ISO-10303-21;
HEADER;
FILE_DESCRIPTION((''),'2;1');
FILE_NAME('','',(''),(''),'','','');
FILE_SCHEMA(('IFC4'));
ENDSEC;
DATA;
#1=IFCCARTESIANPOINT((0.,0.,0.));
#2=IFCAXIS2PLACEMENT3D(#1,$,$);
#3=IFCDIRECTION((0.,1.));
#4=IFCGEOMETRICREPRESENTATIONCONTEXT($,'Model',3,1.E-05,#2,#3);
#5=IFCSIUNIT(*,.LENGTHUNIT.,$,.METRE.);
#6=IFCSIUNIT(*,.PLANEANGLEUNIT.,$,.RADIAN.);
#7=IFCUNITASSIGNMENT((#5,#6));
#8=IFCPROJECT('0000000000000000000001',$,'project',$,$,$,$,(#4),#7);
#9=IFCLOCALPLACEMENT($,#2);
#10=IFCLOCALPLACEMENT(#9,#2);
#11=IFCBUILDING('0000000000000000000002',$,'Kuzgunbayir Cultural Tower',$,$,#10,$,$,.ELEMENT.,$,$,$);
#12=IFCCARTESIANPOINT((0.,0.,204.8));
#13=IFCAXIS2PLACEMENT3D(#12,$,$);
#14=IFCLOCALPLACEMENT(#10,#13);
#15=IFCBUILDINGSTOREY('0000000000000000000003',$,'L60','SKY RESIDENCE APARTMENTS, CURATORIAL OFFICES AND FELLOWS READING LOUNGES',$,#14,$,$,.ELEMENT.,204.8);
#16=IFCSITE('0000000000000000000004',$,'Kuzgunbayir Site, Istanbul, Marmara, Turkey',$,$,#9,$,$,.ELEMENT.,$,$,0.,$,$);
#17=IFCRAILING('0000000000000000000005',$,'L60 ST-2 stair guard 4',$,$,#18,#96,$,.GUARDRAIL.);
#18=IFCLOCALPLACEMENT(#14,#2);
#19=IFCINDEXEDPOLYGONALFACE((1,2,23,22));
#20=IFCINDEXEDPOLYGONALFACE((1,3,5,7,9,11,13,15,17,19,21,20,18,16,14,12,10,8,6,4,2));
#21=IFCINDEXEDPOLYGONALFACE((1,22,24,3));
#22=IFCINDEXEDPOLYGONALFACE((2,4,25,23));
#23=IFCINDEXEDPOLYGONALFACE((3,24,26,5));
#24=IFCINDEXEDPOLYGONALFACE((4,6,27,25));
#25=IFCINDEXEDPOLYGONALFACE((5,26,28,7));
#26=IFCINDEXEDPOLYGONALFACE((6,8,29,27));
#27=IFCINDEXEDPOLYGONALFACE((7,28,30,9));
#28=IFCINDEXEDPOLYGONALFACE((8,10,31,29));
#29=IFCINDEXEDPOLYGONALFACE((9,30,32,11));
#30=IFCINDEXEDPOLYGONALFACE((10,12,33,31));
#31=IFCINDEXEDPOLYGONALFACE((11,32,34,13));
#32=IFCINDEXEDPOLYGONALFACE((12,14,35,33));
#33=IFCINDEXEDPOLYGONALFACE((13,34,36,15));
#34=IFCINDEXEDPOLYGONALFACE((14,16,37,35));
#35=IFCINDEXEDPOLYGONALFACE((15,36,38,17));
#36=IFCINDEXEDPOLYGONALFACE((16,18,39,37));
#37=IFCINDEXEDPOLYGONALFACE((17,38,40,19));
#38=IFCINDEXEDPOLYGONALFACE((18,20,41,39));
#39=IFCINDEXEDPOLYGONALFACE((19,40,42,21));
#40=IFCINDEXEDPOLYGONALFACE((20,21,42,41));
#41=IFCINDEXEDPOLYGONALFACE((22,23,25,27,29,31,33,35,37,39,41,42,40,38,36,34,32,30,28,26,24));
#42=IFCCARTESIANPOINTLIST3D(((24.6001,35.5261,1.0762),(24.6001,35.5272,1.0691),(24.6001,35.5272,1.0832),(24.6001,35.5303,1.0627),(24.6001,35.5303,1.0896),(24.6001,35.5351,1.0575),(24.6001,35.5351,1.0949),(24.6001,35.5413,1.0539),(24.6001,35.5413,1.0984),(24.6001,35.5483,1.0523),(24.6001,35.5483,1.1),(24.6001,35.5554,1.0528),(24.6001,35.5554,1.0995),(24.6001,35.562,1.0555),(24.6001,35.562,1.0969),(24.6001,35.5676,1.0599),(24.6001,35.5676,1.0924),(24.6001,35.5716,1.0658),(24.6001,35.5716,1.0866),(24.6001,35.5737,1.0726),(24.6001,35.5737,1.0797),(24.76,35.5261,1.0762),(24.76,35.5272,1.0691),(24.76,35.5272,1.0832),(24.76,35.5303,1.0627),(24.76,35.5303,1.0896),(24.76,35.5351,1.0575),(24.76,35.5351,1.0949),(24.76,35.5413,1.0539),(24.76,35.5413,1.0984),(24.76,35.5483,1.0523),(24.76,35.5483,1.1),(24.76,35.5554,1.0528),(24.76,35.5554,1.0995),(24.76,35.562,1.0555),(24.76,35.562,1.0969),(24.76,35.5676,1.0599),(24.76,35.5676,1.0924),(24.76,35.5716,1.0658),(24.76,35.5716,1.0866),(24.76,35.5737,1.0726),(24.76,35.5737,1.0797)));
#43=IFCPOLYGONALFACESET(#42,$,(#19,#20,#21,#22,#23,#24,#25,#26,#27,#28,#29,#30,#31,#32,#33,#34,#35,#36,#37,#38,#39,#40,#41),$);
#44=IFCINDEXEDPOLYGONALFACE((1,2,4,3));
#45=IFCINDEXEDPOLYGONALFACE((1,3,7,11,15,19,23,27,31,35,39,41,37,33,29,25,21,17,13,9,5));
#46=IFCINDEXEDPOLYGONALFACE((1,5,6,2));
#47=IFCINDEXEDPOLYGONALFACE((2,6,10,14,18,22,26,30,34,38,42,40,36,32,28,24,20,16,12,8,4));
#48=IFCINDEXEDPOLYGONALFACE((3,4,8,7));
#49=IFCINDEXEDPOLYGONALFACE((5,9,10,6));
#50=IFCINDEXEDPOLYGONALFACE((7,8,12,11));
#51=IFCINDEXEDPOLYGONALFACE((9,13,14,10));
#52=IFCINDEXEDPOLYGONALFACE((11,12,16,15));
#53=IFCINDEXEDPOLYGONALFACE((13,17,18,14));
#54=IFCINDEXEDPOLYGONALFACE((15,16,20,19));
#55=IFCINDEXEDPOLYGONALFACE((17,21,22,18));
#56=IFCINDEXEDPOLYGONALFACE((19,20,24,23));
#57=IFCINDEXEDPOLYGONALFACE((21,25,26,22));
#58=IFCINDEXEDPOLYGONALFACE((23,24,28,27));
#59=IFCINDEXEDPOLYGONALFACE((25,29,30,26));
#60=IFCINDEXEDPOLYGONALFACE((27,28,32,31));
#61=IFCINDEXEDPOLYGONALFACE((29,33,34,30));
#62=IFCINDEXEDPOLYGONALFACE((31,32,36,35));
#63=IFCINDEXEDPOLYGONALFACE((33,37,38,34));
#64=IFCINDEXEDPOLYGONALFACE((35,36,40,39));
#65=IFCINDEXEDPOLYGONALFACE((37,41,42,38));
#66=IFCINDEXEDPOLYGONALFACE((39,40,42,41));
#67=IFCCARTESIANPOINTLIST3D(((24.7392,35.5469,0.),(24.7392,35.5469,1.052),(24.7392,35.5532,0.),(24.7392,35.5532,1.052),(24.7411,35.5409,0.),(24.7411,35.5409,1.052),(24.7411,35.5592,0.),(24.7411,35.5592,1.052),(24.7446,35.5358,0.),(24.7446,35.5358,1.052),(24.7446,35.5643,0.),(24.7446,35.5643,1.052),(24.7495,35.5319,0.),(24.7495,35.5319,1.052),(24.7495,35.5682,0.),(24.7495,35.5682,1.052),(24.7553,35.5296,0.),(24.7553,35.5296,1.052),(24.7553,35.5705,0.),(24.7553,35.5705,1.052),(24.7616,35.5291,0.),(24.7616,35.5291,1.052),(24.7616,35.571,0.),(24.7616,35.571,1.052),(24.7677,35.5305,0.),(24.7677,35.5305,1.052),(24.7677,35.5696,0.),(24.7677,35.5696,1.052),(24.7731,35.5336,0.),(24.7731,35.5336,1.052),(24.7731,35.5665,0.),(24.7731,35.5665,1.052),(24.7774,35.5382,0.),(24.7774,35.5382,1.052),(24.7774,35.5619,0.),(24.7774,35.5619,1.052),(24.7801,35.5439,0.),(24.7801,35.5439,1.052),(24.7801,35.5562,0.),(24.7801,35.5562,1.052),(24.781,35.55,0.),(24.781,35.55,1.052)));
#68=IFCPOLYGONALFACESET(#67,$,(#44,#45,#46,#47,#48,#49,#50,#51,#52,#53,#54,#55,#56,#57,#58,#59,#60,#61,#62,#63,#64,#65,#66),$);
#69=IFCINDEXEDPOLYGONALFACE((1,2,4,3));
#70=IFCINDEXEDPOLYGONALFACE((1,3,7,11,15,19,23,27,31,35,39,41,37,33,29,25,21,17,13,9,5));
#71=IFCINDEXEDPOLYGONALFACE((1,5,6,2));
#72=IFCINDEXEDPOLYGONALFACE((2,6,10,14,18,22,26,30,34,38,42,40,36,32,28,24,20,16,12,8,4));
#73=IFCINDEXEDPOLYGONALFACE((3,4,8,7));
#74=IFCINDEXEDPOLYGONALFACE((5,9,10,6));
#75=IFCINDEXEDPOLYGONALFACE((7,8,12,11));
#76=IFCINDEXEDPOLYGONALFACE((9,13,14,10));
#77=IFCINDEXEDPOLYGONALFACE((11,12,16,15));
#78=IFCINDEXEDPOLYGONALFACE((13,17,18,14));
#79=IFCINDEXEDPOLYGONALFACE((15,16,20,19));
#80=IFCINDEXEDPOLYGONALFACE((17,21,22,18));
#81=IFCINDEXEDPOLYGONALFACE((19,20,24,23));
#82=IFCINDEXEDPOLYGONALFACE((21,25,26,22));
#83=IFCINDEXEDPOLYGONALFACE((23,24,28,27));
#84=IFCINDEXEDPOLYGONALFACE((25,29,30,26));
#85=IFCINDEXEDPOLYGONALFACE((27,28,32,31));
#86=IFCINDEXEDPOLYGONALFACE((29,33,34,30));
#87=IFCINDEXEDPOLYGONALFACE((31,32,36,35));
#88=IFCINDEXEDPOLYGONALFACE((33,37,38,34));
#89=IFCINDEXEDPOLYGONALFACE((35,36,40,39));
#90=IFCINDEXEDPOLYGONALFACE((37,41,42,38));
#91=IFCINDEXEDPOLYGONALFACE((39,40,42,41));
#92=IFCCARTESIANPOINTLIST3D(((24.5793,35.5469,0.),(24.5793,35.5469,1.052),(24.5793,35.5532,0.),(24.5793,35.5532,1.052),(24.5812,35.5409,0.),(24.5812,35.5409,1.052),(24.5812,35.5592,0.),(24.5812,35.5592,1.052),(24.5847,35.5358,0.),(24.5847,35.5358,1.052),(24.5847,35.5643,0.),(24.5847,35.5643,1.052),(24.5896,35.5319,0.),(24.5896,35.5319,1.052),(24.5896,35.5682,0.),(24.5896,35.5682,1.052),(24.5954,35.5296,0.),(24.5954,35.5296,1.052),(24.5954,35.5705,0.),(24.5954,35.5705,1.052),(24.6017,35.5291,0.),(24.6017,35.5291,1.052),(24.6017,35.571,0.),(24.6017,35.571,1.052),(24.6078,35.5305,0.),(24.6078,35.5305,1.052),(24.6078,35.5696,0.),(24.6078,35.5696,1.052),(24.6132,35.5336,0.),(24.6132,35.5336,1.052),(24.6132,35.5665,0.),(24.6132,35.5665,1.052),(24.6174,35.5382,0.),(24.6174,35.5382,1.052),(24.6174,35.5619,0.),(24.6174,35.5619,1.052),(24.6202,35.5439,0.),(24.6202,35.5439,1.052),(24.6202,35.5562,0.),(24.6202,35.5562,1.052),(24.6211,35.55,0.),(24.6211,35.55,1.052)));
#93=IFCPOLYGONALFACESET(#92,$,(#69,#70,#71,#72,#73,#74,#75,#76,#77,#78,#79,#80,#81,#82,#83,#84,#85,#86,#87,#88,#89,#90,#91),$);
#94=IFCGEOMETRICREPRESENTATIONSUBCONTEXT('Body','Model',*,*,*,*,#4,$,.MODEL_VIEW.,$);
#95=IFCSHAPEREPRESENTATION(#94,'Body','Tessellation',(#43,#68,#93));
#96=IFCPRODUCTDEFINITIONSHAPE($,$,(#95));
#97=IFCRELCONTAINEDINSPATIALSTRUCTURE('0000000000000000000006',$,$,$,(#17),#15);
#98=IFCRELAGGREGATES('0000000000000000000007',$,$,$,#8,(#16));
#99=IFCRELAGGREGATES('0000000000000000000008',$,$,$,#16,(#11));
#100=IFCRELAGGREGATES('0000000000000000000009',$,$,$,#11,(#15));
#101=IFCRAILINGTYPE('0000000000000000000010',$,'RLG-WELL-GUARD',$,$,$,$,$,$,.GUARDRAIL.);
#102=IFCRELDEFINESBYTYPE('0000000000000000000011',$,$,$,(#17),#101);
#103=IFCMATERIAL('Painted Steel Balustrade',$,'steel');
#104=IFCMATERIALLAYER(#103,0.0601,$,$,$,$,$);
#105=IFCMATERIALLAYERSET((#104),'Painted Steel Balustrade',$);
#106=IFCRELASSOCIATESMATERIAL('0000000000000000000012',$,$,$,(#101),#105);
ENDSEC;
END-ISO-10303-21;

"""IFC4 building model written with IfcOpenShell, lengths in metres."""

from ifc_helpers import new_model, si_unit, direction, frame, origin, origin_2d, place, context, subcontext, project, spatial, circle, extrude, material, layer, layer_set, type_object, element, save


model = new_model("IFC4")

# Units and contexts
model_context = context("Model", 3, precision=1e-05, world=origin(), true_north=direction((0.0, 1.0)))
body_context = subcontext(model_context, "Body", "Model", "MODEL_VIEW")
ifc_project = project(units=[si_unit("LENGTHUNIT", "METRE"), si_unit("PLANEANGLEUNIT", "RADIAN")], contexts=[model_context])

# Site, building, storey
site_placement = place(None, origin())
site = spatial("IfcSite", under=ifc_project, at=site_placement, Name="Kuzgunbayir Site, Istanbul, Marmara, Turkey", CompositionType="ELEMENT", RefElevation=0.0)
building_placement = place(site_placement, origin())
building = spatial("IfcBuilding", under=site, at=building_placement, Name="Kuzgunbayir Cultural Tower", CompositionType="ELEMENT")
storey_placement = place(building_placement, frame((0.0, 0.0, 204.8)))
storey = spatial("IfcBuildingStorey", under=building, at=storey_placement, Name="L60", Description="SKY RESIDENCE APARTMENTS, CURATORIAL OFFICES AND FELLOWS READING LOUNGES", CompositionType="ELEMENT", Elevation=204.8)

# Railing
ifc_material_1 = material(Name="Painted Steel Balustrade", Category="steel")
ifc_layer_1 = layer(ifc_material_1, 0.0601)
ifc_layer_set_1 = layer_set([ifc_layer_1], Name="Painted Steel Balustrade")
railing_type_1 = type_object("IfcRailingType", Name="RLG-WELL-GUARD", PredefinedType="GUARDRAIL", material=ifc_layer_set_1)
railing_1_placement = place(storey_placement, frame((24.76, 35.55, 0.0)))
element("IfcRailing", 1, at=railing_1_placement, inside=storey, type_object=railing_type_1, Name="L60 ST-2 stair guard 4", PredefinedType="GUARDRAIL", context=body_context, shape_type="SweptSolid", body=[
    extrude(circle(Radius=0.0239, at=origin_2d()), frame((0.0, 0.0, 1.0762), z_axis=(-1.0, 0.0, 0.0), x_axis=(0.0, -1.0, 0.0)), (0.0, 0.0, 1.0), 0.1599),
    extrude(circle(Radius=0.021, at=origin_2d()), origin(), (0.0, 0.0, 1.0), 1.052),
    extrude(circle(Radius=0.021, at=origin_2d()), frame((-0.1599, 0.0, 0.0)), (0.0, 0.0, 1.0), 1.052),
])

save(model, "model.ifc")
